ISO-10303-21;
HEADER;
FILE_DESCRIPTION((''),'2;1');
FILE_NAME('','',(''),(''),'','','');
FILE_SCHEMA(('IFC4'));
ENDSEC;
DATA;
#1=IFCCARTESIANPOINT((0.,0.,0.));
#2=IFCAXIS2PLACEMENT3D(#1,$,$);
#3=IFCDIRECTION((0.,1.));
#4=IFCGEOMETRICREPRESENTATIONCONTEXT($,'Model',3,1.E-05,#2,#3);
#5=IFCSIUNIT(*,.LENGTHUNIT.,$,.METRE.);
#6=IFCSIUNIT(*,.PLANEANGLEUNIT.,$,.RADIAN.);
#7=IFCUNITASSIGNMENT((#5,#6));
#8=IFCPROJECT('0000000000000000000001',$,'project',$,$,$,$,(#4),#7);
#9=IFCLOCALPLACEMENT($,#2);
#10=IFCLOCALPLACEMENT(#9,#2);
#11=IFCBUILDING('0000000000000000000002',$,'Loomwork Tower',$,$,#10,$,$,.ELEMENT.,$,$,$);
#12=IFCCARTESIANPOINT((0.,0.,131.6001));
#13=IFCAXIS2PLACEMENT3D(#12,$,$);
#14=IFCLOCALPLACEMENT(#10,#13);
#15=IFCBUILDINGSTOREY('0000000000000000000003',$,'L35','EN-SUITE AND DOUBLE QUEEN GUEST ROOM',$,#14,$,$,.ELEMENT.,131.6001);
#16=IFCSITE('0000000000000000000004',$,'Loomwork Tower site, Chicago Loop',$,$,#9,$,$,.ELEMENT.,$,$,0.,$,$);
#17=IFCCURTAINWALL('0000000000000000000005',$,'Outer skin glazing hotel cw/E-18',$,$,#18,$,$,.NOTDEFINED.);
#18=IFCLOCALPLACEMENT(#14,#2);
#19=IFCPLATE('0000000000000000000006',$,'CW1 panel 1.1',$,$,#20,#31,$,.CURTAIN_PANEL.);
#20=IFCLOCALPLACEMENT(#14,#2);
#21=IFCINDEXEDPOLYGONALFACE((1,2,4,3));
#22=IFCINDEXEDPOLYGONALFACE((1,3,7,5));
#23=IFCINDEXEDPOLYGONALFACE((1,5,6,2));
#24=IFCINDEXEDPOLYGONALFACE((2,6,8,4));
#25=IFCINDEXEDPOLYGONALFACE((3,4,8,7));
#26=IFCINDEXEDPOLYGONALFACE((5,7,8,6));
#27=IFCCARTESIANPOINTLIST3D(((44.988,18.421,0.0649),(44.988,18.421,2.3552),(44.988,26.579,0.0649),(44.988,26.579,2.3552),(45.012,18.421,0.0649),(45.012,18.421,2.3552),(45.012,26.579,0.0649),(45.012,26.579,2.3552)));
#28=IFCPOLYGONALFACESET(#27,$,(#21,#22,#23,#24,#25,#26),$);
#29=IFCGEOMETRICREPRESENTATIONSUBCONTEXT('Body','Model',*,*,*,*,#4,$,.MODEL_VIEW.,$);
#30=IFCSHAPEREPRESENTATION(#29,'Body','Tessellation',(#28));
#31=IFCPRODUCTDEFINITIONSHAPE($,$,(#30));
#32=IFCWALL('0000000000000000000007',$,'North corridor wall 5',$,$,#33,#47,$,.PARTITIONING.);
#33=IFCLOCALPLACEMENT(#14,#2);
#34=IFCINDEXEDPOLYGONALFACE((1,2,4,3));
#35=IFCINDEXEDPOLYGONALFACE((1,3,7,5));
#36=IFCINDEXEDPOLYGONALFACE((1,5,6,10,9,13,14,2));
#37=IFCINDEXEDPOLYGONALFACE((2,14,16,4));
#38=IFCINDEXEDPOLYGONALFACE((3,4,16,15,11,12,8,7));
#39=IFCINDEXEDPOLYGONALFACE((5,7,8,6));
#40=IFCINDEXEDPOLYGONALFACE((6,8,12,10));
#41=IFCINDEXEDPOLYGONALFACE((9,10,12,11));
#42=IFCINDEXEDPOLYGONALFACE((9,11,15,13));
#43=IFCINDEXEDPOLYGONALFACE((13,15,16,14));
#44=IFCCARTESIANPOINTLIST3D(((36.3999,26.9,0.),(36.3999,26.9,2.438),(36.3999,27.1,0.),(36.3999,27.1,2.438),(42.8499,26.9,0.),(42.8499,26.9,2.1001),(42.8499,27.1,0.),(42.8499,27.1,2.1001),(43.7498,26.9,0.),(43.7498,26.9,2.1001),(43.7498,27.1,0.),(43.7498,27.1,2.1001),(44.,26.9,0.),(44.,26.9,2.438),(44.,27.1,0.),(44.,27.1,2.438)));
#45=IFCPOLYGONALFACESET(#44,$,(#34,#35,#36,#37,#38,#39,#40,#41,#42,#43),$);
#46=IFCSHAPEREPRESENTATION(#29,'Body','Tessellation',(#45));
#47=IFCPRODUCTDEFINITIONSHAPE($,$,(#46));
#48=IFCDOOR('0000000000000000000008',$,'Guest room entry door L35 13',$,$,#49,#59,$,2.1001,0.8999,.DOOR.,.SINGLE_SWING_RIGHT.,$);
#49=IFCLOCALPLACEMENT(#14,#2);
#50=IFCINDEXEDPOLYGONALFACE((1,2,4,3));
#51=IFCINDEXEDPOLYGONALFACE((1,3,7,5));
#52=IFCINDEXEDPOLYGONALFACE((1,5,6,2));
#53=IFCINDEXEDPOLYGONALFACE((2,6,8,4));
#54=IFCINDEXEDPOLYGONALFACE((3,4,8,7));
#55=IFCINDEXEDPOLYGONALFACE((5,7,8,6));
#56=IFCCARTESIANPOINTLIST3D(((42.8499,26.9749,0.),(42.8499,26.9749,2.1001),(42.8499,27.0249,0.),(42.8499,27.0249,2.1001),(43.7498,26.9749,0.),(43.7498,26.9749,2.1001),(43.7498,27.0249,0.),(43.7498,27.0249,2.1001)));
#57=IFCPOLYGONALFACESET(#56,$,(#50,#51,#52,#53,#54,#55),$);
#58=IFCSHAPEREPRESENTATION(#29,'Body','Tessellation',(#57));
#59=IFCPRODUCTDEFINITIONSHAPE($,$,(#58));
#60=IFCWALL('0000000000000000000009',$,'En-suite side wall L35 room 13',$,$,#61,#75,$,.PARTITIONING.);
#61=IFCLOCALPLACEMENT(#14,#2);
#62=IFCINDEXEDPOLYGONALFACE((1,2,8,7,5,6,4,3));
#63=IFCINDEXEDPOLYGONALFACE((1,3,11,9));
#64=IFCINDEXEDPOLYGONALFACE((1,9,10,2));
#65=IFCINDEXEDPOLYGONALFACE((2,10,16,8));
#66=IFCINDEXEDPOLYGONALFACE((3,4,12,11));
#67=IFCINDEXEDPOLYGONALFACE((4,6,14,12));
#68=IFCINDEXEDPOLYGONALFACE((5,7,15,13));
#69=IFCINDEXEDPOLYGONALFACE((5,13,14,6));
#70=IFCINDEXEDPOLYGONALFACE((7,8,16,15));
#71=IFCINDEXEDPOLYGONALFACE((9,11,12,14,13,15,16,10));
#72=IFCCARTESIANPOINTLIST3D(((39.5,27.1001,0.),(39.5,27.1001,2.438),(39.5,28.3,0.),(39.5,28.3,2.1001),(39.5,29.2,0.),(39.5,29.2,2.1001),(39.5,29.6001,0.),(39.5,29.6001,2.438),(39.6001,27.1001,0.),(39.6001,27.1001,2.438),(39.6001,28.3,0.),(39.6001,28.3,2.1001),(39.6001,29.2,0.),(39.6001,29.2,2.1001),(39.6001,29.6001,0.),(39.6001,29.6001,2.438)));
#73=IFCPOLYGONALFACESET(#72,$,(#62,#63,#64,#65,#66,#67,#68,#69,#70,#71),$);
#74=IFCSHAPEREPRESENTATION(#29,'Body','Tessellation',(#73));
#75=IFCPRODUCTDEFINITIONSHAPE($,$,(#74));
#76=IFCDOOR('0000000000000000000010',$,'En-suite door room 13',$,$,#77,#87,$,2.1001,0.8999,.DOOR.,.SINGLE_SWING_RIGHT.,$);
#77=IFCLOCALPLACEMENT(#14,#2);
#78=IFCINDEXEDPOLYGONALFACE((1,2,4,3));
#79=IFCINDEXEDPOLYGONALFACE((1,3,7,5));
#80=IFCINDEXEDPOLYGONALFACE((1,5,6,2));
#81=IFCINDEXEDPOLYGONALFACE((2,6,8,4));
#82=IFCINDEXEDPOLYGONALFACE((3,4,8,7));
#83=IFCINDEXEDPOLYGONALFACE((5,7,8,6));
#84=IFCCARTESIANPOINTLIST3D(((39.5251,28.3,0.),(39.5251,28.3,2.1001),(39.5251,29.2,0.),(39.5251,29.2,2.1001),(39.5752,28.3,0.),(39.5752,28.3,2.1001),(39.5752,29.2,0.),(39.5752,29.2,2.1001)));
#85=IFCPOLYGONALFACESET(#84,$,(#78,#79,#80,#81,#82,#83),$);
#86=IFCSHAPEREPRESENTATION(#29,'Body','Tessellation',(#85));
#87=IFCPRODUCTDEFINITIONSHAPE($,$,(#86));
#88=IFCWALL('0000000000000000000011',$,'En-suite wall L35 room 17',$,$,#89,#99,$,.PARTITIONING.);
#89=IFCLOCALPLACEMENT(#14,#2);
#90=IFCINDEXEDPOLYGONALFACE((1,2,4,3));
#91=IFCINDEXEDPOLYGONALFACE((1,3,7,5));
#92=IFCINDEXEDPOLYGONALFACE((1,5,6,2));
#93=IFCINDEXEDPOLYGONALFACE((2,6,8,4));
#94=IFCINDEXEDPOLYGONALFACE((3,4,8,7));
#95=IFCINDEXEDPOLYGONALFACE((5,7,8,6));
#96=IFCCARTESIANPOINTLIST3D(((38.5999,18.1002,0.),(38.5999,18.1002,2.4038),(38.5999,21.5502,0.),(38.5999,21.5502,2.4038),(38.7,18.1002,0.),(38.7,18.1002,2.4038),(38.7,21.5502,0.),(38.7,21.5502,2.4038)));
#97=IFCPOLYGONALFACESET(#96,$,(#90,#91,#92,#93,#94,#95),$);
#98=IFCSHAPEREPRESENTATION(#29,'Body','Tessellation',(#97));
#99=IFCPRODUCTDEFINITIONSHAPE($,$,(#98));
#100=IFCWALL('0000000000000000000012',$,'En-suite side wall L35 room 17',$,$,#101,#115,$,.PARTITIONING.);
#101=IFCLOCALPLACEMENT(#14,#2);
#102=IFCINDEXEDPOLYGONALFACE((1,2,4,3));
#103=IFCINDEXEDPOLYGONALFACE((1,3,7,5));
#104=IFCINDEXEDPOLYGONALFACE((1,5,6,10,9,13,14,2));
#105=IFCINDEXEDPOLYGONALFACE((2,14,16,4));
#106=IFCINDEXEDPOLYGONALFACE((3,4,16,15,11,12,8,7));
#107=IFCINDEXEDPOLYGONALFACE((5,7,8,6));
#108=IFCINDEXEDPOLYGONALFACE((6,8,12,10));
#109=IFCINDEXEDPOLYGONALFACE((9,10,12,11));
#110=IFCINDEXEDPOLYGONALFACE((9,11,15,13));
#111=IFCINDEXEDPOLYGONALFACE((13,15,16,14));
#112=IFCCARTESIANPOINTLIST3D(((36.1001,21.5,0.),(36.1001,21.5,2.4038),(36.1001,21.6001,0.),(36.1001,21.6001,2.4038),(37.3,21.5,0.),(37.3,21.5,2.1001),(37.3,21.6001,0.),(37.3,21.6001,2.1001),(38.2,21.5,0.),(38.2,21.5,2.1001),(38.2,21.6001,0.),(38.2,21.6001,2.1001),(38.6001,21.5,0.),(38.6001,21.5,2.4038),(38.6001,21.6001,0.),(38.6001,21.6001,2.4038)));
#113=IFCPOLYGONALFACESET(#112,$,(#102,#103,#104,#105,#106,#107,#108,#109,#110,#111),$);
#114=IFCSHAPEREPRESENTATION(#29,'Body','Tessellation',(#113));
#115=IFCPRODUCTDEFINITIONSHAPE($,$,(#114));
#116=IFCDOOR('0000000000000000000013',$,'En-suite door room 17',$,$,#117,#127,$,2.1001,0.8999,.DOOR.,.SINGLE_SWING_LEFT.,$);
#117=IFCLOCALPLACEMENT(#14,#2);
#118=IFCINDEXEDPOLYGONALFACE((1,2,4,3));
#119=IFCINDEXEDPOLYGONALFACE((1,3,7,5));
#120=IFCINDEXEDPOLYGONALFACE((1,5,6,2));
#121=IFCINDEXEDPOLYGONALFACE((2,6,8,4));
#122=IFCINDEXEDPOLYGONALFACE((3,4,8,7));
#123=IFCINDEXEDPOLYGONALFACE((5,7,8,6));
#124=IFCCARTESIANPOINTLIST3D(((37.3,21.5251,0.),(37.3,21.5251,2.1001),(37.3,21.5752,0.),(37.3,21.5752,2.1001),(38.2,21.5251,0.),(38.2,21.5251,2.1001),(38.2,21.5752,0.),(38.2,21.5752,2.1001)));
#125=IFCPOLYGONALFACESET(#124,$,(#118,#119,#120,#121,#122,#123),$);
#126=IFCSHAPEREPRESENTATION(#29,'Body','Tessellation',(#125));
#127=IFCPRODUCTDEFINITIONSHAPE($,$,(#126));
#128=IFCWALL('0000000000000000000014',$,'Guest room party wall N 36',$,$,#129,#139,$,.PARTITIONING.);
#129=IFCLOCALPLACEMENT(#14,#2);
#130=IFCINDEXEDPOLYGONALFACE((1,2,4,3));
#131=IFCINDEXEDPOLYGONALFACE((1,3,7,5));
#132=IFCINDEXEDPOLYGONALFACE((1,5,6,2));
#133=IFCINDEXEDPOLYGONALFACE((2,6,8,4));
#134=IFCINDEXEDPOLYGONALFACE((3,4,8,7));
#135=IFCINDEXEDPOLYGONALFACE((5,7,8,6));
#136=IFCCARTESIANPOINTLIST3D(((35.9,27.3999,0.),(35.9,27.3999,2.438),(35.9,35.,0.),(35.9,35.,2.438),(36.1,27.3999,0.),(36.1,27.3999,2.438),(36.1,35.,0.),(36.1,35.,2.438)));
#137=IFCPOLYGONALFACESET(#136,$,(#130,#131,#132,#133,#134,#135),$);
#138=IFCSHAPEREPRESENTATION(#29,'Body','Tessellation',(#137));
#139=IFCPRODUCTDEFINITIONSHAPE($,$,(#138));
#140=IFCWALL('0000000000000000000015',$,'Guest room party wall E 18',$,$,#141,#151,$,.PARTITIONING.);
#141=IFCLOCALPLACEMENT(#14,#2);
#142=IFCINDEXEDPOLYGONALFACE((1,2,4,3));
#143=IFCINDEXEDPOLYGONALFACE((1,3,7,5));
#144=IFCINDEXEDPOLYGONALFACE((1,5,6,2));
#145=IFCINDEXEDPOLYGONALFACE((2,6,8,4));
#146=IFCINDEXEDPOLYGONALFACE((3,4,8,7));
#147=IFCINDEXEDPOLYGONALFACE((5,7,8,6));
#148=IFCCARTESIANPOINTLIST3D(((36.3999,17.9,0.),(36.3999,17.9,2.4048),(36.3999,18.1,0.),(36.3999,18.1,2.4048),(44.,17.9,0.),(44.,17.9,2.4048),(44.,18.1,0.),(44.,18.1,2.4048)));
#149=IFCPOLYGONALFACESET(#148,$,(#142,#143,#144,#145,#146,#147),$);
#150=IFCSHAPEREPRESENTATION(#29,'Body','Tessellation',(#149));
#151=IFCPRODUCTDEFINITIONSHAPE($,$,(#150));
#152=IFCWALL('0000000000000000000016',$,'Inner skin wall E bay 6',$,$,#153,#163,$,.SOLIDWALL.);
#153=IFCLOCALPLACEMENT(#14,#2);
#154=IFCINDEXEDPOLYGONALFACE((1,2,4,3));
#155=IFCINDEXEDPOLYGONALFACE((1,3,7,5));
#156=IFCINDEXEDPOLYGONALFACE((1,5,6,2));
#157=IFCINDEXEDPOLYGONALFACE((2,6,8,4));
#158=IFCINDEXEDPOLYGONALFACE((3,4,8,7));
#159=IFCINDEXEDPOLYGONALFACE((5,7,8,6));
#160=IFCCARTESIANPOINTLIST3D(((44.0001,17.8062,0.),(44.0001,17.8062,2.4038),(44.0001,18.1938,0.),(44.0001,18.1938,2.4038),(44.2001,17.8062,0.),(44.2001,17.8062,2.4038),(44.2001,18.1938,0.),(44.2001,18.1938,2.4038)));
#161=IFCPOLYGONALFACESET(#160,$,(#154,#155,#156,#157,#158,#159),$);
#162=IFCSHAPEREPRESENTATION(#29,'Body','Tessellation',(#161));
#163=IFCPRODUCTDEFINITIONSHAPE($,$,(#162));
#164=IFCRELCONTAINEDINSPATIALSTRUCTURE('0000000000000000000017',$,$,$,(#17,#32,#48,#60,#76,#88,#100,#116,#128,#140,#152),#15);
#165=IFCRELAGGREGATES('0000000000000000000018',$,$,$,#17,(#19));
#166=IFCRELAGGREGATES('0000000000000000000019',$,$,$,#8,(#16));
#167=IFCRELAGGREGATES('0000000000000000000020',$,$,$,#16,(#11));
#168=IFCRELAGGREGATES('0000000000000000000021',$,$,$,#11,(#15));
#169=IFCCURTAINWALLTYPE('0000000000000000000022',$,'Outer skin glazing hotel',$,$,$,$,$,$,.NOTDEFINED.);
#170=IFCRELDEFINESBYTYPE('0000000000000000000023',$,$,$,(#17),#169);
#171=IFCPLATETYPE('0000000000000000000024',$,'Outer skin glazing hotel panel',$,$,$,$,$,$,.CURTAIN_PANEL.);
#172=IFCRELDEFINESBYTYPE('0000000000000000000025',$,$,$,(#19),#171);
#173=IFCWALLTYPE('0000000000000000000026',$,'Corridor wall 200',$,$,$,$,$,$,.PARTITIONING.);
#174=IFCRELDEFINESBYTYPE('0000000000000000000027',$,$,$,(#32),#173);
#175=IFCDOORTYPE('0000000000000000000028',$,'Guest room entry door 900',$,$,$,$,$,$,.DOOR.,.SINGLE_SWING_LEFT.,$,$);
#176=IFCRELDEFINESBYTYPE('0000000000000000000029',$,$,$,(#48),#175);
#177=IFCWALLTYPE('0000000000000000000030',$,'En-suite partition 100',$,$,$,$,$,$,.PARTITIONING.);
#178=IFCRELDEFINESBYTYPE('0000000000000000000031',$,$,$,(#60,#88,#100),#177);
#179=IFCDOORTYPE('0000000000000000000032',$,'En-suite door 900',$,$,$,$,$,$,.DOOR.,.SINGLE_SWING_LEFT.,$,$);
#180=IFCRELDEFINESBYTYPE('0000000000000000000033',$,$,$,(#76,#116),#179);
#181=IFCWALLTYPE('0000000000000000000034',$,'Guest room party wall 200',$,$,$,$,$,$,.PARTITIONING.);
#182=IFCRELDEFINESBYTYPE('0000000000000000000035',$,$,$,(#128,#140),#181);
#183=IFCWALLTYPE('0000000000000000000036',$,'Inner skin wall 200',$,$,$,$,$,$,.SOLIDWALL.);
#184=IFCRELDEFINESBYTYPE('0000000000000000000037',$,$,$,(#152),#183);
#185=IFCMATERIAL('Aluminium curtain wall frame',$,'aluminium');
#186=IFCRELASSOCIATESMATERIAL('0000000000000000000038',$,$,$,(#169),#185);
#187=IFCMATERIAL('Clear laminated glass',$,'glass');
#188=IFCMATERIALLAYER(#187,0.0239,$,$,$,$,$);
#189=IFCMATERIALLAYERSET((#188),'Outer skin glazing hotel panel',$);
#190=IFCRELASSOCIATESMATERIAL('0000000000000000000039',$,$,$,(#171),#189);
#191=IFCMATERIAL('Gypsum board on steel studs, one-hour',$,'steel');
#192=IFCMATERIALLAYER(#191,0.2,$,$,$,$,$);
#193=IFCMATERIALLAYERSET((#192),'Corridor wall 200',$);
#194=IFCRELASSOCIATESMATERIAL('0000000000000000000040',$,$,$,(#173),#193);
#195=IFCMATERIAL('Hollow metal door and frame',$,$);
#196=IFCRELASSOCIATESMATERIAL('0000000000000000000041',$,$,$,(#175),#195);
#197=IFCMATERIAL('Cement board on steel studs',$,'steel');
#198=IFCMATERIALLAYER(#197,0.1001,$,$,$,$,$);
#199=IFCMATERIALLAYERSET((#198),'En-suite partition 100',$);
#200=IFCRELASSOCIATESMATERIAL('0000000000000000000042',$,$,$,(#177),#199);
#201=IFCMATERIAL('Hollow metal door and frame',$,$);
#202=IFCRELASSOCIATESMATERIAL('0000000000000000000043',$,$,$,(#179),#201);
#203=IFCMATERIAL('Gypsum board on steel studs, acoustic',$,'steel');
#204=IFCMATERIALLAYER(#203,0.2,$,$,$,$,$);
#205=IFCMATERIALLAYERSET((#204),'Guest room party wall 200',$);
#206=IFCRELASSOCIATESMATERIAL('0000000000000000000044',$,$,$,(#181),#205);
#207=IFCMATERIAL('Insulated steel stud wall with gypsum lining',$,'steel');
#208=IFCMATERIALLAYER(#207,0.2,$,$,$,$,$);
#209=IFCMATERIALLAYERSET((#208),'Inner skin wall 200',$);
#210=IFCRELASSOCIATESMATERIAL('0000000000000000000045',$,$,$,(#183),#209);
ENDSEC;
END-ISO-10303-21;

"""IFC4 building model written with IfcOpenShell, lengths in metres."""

from ifc_helpers import new_model, si_unit, direction, frame, frame_2d, origin, origin_2d, place, context, subcontext, project, spatial, rectangle, extrude, material, layer, layer_set, type_object, element, fill, aggregate, save


model = new_model("IFC4")

# Units and contexts
model_context = context("Model", 3, precision=1e-05, world=origin(), true_north=direction((0.0, 1.0)))
body_context = subcontext(model_context, "Body", "Model", "MODEL_VIEW")
ifc_project = project(units=[si_unit("LENGTHUNIT", "METRE"), si_unit("PLANEANGLEUNIT", "RADIAN")], contexts=[model_context])

# Site, building, storey
site_placement = place(None, origin())
site = spatial("IfcSite", under=ifc_project, at=site_placement, Name="Loomwork Tower site, Chicago Loop", CompositionType="ELEMENT", RefElevation=0.0)
building_placement = place(site_placement, origin())
building = spatial("IfcBuilding", under=site, at=building_placement, Name="Loomwork Tower", CompositionType="ELEMENT")
storey_placement = place(building_placement, frame((0.0, 0.0, 131.6001)))
storey = spatial("IfcBuildingStorey", under=building, at=storey_placement, Name="L35", Description="EN-SUITE AND DOUBLE QUEEN GUEST ROOM", CompositionType="ELEMENT", Elevation=131.6001)

# Curtain wall
ifc_material_1 = material(Name="Aluminium curtain wall frame", Category="aluminium")
curtain_wall_type = type_object("IfcCurtainWallType", Name="Outer skin glazing hotel", PredefinedType="NOTDEFINED", material=ifc_material_1)
curtain_wall_1_placement = place(storey_placement, origin())
curtain_wall_1 = element("IfcCurtainWall", 1, at=curtain_wall_1_placement, inside=storey, type_object=curtain_wall_type, Name="Outer skin glazing hotel cw/E-18", PredefinedType="NOTDEFINED")

# Plate
ifc_material_2 = material(Name="Clear laminated glass", Category="glass")
ifc_layer_1 = layer(ifc_material_2, 0.0239)
ifc_layer_set_1 = layer_set([ifc_layer_1], Name="Outer skin glazing hotel panel")
plate_type = type_object("IfcPlateType", Name="Outer skin glazing hotel panel", PredefinedType="CURTAIN_PANEL", material=ifc_layer_set_1)
plate_placement = place(storey_placement, frame((45.0, 22.5, 0.0649), z_axis=(0.0, 0.0, 1.0), x_axis=(0.0, 1.0, 0.0)))
plate = element("IfcPlate", 2, at=plate_placement, type_object=plate_type, Name="CW1 panel 1.1", PredefinedType="CURTAIN_PANEL", context=body_context, shape_type="SweptSolid", body=[
    extrude(rectangle(XDim=8.158, YDim=0.0239, at=origin_2d()), origin(), (0.0, 0.0, 1.0), 2.2903),
])
aggregate(curtain_wall_1, [plate])

# Walls, openings, doors
ifc_material_3 = material(Name="Gypsum board on steel studs, one-hour", Category="steel")
ifc_layer_2 = layer(ifc_material_3, 0.2)
ifc_layer_set_2 = layer_set([ifc_layer_2], Name="Corridor wall 200")
wall_type_1 = type_object("IfcWallType", Name="Corridor wall 200", PredefinedType="PARTITIONING", material=ifc_layer_set_2)
wall_1_placement = place(storey_placement, frame((36.3999, 27.0, 0.0), z_axis=(0.0, 0.0, 1.0), x_axis=(1.0, 0.0, 0.0)))
wall_1 = element("IfcWall", 3, at=wall_1_placement, inside=storey, type_object=wall_type_1, Name="North corridor wall 5", PredefinedType="PARTITIONING", context=body_context, shape_type="SweptSolid", body=[
    extrude(rectangle(XDim=7.6001, YDim=0.2, at=frame_2d((3.8, 0.0))), origin(), (0.0, 0.0, 1.0), 2.438),
])
opening_1_placement = place(wall_1_placement, frame((6.45, 0.0, 0.0)))
opening_1 = element("IfcOpeningElement", 4, at=opening_1_placement, cuts=wall_1, PredefinedType="OPENING", context=body_context, shape_type="SweptSolid", body=[
    extrude(rectangle(XDim=0.8999, YDim=2.1001, at=frame_2d((0.45, 1.05))), frame((0.0, 0.1099, 0.0), z_axis=(0.0, -1.0, 0.0), x_axis=(1.0, 0.0, 0.0)), (0.0, 0.0, 1.0), 0.22),
])
ifc_material_4 = material(Name="Hollow metal door and frame")
door_type_1 = type_object("IfcDoorType", Name="Guest room entry door 900", OperationType="SINGLE_SWING_LEFT", PredefinedType="DOOR", material=ifc_material_4)
door_1_placement = place(opening_1_placement, origin())
door_1 = element("IfcDoor", 5, at=door_1_placement, inside=storey, type_object=door_type_1, Name="Guest room entry door L35 13", OperationType="SINGLE_SWING_RIGHT", OverallHeight=2.1001, OverallWidth=0.8999, PredefinedType="DOOR", context=body_context, shape_type="SweptSolid", body=[
    extrude(rectangle(XDim=0.8999, YDim=2.1001, at=frame_2d((0.45, 1.05))), frame((0.0, 0.0249, 0.0), z_axis=(0.0, -1.0, 0.0), x_axis=(1.0, 0.0, 0.0)), (0.0, 0.0, 1.0), 0.05),
])
fill(opening_1, door_1)
ifc_material_5 = material(Name="Cement board on steel studs", Category="steel")
ifc_layer_3 = layer(ifc_material_5, 0.1001)
ifc_layer_set_3 = layer_set([ifc_layer_3], Name="En-suite partition 100")
wall_type_2 = type_object("IfcWallType", Name="En-suite partition 100", PredefinedType="PARTITIONING", material=ifc_layer_set_3)
wall_2_placement = place(storey_placement, frame((39.55, 27.1001, 0.0), z_axis=(0.0, 0.0, 1.0), x_axis=(0.0, 1.0, 0.0)))
wall_2 = element("IfcWall", 6, at=wall_2_placement, inside=storey, type_object=wall_type_2, Name="En-suite side wall L35 room 13", PredefinedType="PARTITIONING", context=body_context, shape_type="SweptSolid", body=[
    extrude(rectangle(XDim=2.5, YDim=0.1001, at=frame_2d((1.25, 0.0))), origin(), (0.0, 0.0, 1.0), 2.438),
])
opening_2_placement = place(wall_2_placement, frame((1.2, 0.0, 0.0)))
opening_2 = element("IfcOpeningElement", 7, at=opening_2_placement, cuts=wall_2, PredefinedType="OPENING", context=body_context, shape_type="SweptSolid", body=[
    extrude(rectangle(XDim=0.8999, YDim=2.1001, at=frame_2d((0.45, 1.05))), frame((0.0, 0.0601, 0.0), z_axis=(0.0, -1.0, 0.0), x_axis=(1.0, 0.0, 0.0)), (0.0, 0.0, 1.0), 0.1201),
])
ifc_material_6 = material(Name="Hollow metal door and frame")
door_type_2 = type_object("IfcDoorType", Name="En-suite door 900", OperationType="SINGLE_SWING_LEFT", PredefinedType="DOOR", material=ifc_material_6)
door_2_placement = place(opening_2_placement, origin())
door_2 = element("IfcDoor", 8, at=door_2_placement, inside=storey, type_object=door_type_2, Name="En-suite door room 13", OperationType="SINGLE_SWING_RIGHT", OverallHeight=2.1001, OverallWidth=0.8999, PredefinedType="DOOR", context=body_context, shape_type="SweptSolid", body=[
    extrude(rectangle(XDim=0.8999, YDim=2.1001, at=frame_2d((0.45, 1.05))), frame((0.0, 0.0249, 0.0), z_axis=(0.0, -1.0, 0.0), x_axis=(1.0, 0.0, 0.0)), (0.0, 0.0, 1.0), 0.05),
])
fill(opening_2, door_2)

# Wall
wall_3_placement = place(storey_placement, frame((38.6499, 18.1001, 0.0), z_axis=(0.0, 0.0, 1.0), x_axis=(0.0, 1.0, 0.0)))
element("IfcWall", 9, at=wall_3_placement, inside=storey, type_object=wall_type_2, Name="En-suite wall L35 room 17", PredefinedType="PARTITIONING", context=body_context, shape_type="SweptSolid", body=[
    extrude(rectangle(XDim=3.45, YDim=0.1001, at=frame_2d((1.7251, 0.0))), origin(), (0.0, 0.0, 1.0), 2.4038),
])

# Wall, opening, door
wall_4_placement = place(storey_placement, frame((36.1001, 21.55, 0.0), z_axis=(0.0, 0.0, 1.0), x_axis=(1.0, 0.0, 0.0)))
wall_4 = element("IfcWall", 10, at=wall_4_placement, inside=storey, type_object=wall_type_2, Name="En-suite side wall L35 room 17", PredefinedType="PARTITIONING", context=body_context, shape_type="SweptSolid", body=[
    extrude(rectangle(XDim=2.5, YDim=0.1001, at=frame_2d((1.25, 0.0))), origin(), (0.0, 0.0, 1.0), 2.4038),
])
opening_3_placement = place(wall_4_placement, frame((1.2, 0.0, 0.0)))
opening_3 = element("IfcOpeningElement", 11, at=opening_3_placement, cuts=wall_4, PredefinedType="OPENING", context=body_context, shape_type="SweptSolid", body=[
    extrude(rectangle(XDim=0.8999, YDim=2.1001, at=frame_2d((0.45, 1.05))), frame((0.0, 0.0601, 0.0), z_axis=(0.0, -1.0, 0.0), x_axis=(1.0, 0.0, 0.0)), (0.0, 0.0, 1.0), 0.1201),
])
door_3_placement = place(opening_3_placement, frame((0.8999, 0.0, 0.0), z_axis=(0.0, 0.0, 1.0), x_axis=(-1.0, 0.0, 0.0)))
door_3 = element("IfcDoor", 12, at=door_3_placement, inside=storey, type_object=door_type_2, Name="En-suite door room 17", OperationType="SINGLE_SWING_LEFT", OverallHeight=2.1001, OverallWidth=0.8999, PredefinedType="DOOR", context=body_context, shape_type="SweptSolid", body=[
    extrude(rectangle(XDim=0.8999, YDim=2.1001, at=frame_2d((0.45, 1.05))), frame((0.0, 0.0249, 0.0), z_axis=(0.0, -1.0, 0.0), x_axis=(1.0, 0.0, 0.0)), (0.0, 0.0, 1.0), 0.05),
])
fill(opening_3, door_3)

# Walls
ifc_material_7 = material(Name="Gypsum board on steel studs, acoustic", Category="steel")
ifc_layer_4 = layer(ifc_material_7, 0.2)
ifc_layer_set_4 = layer_set([ifc_layer_4], Name="Guest room party wall 200")
wall_type_3 = type_object("IfcWallType", Name="Guest room party wall 200", PredefinedType="PARTITIONING", material=ifc_layer_set_4)
wall_5_placement = place(storey_placement, frame((36.0, 27.3999, 0.0), z_axis=(0.0, 0.0, 1.0), x_axis=(0.0, 1.0, 0.0)))
element("IfcWall", 13, at=wall_5_placement, inside=storey, type_object=wall_type_3, Name="Guest room party wall N 36", PredefinedType="PARTITIONING", context=body_context, shape_type="SweptSolid", body=[
    extrude(rectangle(XDim=7.6001, YDim=0.2, at=frame_2d((3.8, 0.0))), origin(), (0.0, 0.0, 1.0), 2.438),
])
wall_6_placement = place(storey_placement, frame((36.3999, 18.0, 0.0), z_axis=(0.0, 0.0, 1.0), x_axis=(1.0, 0.0, 0.0)))
element("IfcWall", 14, at=wall_6_placement, inside=storey, type_object=wall_type_3, Name="Guest room party wall E 18", PredefinedType="PARTITIONING", context=body_context, shape_type="SweptSolid", body=[
    extrude(rectangle(XDim=7.6001, YDim=0.2, at=frame_2d((3.8, 0.0))), origin(), (0.0, 0.0, 1.0), 2.4048),
])
ifc_material_8 = material(Name="Insulated steel stud wall with gypsum lining", Category="steel")
ifc_layer_5 = layer(ifc_material_8, 0.2)
ifc_layer_set_5 = layer_set([ifc_layer_5], Name="Inner skin wall 200")
wall_type_4 = type_object("IfcWallType", Name="Inner skin wall 200", PredefinedType="SOLIDWALL", material=ifc_layer_set_5)
wall_7_placement = place(storey_placement, frame((44.1001, 17.8062, 0.0), z_axis=(0.0, 0.0, 1.0), x_axis=(0.0, 1.0, 0.0)))
element("IfcWall", 15, at=wall_7_placement, inside=storey, type_object=wall_type_4, Name="Inner skin wall E bay 6", PredefinedType="SOLIDWALL", context=body_context, shape_type="SweptSolid", body=[
    extrude(rectangle(XDim=0.3877, YDim=0.2, at=frame_2d((0.1938, 0.0))), origin(), (0.0, 0.0, 1.0), 2.4038),
])

save(model, "model.ifc")
